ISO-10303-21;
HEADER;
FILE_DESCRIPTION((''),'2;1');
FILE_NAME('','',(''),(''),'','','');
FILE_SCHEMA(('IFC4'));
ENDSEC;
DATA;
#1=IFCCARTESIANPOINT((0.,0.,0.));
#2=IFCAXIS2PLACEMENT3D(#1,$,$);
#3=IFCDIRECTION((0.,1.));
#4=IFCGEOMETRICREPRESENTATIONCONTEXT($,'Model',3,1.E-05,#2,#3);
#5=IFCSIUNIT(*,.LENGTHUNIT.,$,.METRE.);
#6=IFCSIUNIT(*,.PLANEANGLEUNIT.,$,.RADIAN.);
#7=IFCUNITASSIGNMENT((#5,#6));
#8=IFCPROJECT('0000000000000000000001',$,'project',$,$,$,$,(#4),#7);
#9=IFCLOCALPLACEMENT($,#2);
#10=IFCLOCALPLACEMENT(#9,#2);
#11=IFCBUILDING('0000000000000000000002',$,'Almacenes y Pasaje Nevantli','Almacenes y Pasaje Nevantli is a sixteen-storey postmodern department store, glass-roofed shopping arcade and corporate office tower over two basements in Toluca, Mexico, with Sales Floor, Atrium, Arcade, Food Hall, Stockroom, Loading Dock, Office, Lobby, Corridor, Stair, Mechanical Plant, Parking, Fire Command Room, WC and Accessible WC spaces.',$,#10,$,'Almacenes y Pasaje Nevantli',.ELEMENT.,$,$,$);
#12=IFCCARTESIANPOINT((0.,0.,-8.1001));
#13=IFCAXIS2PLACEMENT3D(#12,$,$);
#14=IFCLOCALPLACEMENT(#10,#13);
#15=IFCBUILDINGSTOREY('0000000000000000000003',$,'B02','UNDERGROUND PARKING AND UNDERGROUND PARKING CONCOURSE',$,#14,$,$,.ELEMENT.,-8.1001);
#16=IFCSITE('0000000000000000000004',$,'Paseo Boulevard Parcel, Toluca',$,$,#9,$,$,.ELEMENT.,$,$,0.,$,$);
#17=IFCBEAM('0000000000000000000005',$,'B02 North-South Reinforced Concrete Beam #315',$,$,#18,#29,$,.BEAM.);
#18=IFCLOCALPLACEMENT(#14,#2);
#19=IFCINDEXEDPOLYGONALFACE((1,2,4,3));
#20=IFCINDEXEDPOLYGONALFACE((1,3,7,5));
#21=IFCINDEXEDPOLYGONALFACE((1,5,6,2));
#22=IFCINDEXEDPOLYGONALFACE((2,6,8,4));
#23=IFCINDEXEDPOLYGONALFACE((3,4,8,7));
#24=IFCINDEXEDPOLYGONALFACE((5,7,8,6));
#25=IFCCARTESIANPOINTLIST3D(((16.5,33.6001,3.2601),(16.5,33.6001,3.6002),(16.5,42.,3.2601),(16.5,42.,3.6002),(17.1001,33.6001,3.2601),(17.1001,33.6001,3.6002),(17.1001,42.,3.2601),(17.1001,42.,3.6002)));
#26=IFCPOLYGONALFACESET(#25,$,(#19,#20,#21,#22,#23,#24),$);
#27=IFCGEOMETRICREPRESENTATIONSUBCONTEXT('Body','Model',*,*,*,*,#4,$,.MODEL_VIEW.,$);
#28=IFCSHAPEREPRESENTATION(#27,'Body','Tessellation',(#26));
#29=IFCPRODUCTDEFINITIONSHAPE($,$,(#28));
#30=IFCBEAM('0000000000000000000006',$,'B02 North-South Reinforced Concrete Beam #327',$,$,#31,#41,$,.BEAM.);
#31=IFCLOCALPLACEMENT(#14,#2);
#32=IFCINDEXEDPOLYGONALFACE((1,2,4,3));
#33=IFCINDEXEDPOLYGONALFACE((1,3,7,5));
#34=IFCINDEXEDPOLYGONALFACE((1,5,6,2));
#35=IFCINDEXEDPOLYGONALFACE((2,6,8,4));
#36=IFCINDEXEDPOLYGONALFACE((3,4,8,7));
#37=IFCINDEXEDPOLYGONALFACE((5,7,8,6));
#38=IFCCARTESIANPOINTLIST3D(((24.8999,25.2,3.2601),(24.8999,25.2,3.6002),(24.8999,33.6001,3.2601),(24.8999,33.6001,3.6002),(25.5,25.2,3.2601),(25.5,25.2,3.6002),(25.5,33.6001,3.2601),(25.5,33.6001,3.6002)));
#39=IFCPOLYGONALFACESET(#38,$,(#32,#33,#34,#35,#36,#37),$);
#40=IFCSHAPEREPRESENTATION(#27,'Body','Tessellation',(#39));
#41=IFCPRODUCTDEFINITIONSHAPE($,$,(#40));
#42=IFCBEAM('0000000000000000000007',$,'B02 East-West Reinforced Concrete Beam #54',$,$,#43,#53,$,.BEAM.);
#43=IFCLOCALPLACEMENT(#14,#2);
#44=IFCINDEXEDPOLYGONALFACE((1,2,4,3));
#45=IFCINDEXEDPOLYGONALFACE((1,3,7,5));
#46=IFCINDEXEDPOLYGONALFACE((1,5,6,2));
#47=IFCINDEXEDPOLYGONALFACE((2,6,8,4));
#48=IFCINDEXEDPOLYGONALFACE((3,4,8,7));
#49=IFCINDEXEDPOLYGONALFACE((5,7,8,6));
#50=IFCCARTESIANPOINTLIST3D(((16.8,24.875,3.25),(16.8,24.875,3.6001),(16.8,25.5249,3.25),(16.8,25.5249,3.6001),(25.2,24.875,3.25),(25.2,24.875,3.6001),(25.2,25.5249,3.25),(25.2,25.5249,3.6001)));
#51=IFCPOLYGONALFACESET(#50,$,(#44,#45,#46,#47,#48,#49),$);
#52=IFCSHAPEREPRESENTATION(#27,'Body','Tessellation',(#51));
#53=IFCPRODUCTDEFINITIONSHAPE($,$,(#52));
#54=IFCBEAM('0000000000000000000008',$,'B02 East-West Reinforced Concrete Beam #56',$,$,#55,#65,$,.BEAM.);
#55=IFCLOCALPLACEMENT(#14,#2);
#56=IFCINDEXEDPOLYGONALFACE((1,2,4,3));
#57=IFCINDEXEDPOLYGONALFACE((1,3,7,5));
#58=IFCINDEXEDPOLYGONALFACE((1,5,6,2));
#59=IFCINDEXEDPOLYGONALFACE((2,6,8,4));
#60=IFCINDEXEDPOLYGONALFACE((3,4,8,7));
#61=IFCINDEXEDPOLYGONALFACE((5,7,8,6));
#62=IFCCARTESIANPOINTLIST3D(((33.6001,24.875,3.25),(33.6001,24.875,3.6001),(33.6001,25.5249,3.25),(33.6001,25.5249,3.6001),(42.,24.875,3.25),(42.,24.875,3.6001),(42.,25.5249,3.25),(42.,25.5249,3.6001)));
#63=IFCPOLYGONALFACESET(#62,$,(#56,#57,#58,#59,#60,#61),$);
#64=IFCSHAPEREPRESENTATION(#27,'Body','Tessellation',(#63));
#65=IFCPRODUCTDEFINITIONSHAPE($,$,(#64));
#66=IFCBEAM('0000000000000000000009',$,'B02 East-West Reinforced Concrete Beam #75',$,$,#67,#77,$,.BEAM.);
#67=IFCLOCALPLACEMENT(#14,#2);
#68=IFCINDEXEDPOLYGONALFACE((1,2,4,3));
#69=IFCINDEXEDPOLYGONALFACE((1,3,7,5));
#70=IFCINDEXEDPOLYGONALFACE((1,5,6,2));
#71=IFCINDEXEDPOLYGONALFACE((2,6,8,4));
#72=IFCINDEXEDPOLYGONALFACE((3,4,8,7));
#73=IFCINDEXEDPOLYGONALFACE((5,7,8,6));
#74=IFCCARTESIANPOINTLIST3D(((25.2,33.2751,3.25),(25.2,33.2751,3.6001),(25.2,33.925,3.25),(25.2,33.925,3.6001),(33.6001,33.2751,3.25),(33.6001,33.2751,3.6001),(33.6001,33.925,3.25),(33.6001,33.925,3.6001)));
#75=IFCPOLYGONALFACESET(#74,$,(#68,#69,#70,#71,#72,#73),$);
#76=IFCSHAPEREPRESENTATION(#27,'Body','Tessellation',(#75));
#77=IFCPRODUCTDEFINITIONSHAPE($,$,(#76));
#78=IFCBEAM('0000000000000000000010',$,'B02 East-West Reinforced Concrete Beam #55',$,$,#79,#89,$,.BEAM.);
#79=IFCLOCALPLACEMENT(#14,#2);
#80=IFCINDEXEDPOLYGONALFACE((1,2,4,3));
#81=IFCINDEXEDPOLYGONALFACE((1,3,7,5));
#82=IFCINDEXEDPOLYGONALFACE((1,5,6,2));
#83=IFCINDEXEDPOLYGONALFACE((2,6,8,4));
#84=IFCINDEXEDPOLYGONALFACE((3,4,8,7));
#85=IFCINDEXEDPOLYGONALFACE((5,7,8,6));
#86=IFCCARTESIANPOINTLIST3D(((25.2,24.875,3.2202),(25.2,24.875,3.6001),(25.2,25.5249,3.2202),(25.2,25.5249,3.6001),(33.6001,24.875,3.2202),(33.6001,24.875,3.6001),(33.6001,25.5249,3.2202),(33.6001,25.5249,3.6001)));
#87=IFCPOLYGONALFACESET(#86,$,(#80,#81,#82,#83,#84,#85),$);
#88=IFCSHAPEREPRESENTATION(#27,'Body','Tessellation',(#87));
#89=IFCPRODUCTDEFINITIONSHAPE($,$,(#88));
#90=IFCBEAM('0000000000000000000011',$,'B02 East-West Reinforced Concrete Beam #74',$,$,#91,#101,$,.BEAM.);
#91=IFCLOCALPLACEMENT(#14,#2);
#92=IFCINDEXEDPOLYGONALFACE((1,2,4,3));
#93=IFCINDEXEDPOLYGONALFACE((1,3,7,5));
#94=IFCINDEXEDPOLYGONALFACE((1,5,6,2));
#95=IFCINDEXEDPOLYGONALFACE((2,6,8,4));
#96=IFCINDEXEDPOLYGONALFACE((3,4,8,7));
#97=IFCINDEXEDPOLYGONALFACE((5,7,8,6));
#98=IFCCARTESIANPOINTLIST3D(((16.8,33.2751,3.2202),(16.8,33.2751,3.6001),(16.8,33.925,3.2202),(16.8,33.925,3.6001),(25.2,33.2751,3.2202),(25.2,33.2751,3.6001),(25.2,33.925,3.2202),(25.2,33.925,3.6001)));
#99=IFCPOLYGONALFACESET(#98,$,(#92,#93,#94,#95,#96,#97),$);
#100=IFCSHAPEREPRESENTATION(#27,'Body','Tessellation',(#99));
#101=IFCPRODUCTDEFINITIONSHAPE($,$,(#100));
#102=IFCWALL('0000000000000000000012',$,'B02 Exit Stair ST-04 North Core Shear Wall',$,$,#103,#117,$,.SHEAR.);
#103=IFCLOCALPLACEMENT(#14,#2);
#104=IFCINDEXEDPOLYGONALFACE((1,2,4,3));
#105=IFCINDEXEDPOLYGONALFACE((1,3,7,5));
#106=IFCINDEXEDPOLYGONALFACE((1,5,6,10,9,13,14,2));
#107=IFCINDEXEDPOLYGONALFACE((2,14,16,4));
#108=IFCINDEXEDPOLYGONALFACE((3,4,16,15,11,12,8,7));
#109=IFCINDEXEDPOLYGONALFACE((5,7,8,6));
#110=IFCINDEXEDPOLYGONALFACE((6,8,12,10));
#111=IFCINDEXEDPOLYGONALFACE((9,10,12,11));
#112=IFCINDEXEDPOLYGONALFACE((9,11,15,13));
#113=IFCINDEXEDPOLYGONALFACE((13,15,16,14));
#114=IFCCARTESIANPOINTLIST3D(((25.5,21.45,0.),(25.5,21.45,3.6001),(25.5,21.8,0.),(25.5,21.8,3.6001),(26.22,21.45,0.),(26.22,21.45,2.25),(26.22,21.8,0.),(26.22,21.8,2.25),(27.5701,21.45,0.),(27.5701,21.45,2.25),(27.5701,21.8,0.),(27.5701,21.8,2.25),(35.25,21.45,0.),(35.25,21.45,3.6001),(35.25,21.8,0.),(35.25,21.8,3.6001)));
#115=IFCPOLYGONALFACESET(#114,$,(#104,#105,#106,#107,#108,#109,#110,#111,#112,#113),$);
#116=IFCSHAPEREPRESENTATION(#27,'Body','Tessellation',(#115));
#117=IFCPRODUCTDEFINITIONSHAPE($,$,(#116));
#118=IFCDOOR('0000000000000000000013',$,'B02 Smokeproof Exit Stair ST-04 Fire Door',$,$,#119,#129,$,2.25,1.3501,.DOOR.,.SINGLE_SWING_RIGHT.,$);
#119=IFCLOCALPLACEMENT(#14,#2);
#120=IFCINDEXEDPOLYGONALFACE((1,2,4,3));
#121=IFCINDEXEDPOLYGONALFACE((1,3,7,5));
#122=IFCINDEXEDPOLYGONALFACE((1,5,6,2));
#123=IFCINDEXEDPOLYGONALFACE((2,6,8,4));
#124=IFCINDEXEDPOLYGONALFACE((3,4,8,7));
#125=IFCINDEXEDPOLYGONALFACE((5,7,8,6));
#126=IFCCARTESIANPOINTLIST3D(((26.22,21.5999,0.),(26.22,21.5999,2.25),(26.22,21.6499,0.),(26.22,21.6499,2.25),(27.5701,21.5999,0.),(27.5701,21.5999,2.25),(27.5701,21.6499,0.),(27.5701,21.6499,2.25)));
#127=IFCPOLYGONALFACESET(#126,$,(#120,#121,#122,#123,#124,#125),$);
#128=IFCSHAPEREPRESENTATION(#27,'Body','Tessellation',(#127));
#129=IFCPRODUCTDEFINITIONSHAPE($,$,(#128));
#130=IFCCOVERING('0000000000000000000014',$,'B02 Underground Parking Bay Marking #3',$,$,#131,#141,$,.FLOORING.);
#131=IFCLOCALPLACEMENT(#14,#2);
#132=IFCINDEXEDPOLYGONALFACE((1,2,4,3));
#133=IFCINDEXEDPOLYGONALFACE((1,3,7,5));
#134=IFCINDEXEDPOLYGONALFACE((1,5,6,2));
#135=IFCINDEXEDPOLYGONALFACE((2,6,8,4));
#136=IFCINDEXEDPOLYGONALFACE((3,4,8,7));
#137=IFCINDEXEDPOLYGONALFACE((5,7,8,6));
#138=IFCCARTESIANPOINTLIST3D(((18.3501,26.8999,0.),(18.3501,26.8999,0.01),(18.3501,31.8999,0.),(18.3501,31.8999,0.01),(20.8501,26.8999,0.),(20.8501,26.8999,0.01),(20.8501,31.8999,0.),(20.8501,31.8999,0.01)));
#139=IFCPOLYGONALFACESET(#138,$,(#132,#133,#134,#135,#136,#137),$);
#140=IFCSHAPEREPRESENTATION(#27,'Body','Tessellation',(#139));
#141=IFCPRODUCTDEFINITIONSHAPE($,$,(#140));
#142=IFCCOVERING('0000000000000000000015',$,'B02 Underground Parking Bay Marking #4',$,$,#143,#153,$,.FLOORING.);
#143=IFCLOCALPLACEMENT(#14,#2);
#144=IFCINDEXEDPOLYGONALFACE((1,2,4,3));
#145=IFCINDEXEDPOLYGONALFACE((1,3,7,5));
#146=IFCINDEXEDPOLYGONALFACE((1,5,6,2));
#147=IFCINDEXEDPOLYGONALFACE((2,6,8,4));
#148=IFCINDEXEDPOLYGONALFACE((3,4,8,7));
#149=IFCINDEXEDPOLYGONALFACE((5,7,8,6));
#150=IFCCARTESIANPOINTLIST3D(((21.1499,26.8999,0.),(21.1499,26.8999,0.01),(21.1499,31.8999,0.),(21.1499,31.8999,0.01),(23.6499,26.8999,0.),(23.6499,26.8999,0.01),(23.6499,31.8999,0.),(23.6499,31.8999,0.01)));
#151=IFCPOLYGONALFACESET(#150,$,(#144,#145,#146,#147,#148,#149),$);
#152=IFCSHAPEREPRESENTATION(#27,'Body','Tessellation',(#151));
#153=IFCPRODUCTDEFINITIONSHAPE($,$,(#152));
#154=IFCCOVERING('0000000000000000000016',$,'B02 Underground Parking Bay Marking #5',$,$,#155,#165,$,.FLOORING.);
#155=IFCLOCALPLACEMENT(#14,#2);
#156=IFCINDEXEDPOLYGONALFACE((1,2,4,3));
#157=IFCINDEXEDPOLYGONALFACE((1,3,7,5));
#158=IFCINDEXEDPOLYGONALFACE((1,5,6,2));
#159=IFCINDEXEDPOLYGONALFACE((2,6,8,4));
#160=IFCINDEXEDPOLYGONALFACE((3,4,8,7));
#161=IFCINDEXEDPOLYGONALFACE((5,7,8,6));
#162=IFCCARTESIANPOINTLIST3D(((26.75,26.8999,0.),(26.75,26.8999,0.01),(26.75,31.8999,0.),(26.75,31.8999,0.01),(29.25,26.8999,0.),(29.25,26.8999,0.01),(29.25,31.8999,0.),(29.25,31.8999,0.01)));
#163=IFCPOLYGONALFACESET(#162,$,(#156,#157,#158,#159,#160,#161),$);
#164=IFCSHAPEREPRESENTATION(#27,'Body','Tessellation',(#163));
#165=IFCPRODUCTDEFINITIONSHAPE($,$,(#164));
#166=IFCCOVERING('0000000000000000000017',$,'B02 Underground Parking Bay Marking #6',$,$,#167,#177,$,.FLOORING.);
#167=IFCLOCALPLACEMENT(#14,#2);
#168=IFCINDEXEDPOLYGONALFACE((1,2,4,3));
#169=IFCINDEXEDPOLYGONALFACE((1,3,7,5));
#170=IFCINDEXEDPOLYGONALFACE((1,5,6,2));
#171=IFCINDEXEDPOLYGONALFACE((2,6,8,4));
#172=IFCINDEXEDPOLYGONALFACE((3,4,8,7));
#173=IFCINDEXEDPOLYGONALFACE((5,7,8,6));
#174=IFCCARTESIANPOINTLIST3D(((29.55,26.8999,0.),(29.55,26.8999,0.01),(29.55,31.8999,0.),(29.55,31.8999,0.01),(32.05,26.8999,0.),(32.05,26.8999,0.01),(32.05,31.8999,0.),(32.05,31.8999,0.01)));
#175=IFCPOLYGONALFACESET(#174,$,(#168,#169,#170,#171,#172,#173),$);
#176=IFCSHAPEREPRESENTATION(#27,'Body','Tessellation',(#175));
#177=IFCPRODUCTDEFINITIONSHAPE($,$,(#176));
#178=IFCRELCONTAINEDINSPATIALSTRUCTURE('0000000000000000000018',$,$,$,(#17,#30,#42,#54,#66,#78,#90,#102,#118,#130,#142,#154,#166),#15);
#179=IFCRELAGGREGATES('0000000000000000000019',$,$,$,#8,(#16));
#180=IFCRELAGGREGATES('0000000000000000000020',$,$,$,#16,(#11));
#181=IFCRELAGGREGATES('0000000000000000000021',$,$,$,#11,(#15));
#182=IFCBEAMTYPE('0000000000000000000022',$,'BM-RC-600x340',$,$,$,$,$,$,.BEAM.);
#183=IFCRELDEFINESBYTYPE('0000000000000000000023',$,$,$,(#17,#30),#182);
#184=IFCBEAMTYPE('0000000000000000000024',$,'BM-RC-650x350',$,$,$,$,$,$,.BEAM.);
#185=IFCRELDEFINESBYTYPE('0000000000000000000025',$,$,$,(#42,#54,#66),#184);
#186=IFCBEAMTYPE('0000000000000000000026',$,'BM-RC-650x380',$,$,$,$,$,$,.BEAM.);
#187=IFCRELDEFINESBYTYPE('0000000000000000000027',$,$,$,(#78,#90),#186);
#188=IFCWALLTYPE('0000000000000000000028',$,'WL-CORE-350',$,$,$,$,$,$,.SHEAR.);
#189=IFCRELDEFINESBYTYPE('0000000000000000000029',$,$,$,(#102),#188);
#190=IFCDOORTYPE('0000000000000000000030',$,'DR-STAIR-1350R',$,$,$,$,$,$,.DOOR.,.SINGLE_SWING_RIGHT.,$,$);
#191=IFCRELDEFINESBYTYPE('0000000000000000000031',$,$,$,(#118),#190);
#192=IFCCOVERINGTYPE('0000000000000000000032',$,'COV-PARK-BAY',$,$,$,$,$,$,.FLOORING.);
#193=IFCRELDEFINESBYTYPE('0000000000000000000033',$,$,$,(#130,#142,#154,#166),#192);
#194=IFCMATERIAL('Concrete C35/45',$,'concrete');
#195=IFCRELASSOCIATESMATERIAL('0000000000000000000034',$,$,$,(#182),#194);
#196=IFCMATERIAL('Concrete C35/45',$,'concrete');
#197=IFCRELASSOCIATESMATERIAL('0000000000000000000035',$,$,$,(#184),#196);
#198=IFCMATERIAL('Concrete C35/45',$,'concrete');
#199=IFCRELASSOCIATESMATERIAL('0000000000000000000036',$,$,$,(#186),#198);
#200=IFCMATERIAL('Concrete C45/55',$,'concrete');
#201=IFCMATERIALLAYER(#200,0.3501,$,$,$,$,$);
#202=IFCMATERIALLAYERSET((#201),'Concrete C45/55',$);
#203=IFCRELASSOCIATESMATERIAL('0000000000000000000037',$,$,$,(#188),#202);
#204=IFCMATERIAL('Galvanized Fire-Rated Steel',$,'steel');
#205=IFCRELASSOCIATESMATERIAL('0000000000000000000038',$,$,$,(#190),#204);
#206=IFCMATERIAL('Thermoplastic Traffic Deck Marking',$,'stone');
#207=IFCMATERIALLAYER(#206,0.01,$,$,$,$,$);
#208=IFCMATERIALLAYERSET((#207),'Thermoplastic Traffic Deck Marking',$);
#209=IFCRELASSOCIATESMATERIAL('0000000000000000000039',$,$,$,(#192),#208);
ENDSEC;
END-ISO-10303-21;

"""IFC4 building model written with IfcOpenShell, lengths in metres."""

from ifc_helpers import new_model, si_unit, direction, frame, frame_2d, origin, origin_2d, place, context, subcontext, project, spatial, rectangle, extrude, material, layer, layer_set, material_profile, profile_set, type_object, element, fill, save


model = new_model("IFC4")

# Units and contexts
model_context = context("Model", 3, precision=1e-05, world=origin(), true_north=direction((0.0, 1.0)))
body_context = subcontext(model_context, "Body", "Model", "MODEL_VIEW")
ifc_project = project(units=[si_unit("LENGTHUNIT", "METRE"), si_unit("PLANEANGLEUNIT", "RADIAN")], contexts=[model_context])

# Site, building, storey
site_placement = place(None, origin())
site = spatial("IfcSite", under=ifc_project, at=site_placement, Name="Paseo Boulevard Parcel, Toluca", CompositionType="ELEMENT", RefElevation=0.0)
building_placement = place(site_placement, origin())
building = spatial("IfcBuilding", under=site, at=building_placement, Name="Almacenes y Pasaje Nevantli", Description="Almacenes y Pasaje Nevantli is a sixteen-storey postmodern department store, glass-roofed shopping arcade and corporate office tower over two basements in Toluca, Mexico, with Sales Floor, Atrium, Arcade, Food Hall, Stockroom, Loading Dock, Office, Lobby, Corridor, Stair, Mechanical Plant, Parking, Fire Command Room, WC and Accessible WC spaces.", LongName="Almacenes y Pasaje Nevantli", CompositionType="ELEMENT")
storey_placement = place(building_placement, frame((0.0, 0.0, -8.1001)))
storey = spatial("IfcBuildingStorey", under=building, at=storey_placement, Name="B02", Description="UNDERGROUND PARKING AND UNDERGROUND PARKING CONCOURSE", CompositionType="ELEMENT", Elevation=-8.1001)

# Beams
ifc_material_1 = material(Name="Concrete C35/45", Category="concrete")
ifc_material_profile_1 = material_profile(ifc_material_1, rectangle(XDim=0.6001, YDim=0.3401, at=origin_2d()), Name="RC-BM-600x340")
ifc_profile_set_1 = profile_set([ifc_material_profile_1], Name="Concrete C35/45")
beam_type_1 = type_object("IfcBeamType", Name="BM-RC-600x340", PredefinedType="BEAM", material=ifc_profile_set_1)
beam_1_placement = place(storey_placement, frame((16.8, 33.6001, 3.4302), z_axis=(0.0, 1.0, 0.0), x_axis=(-1.0, 0.0, 0.0)))
element("IfcBeam", 1, at=beam_1_placement, inside=storey, type_object=beam_type_1, Name="B02 North-South Reinforced Concrete Beam #315", PredefinedType="BEAM", context=body_context, shape_type="SweptSolid", body=[
    extrude(rectangle(XDim=0.6001, YDim=0.3401, at=origin_2d()), origin(), (0.0, 0.0, 1.0), 8.3999),
])
beam_2_placement = place(storey_placement, frame((25.2, 25.2, 3.4302), z_axis=(0.0, 1.0, 0.0), x_axis=(-1.0, 0.0, 0.0)))
element("IfcBeam", 2, at=beam_2_placement, inside=storey, type_object=beam_type_1, Name="B02 North-South Reinforced Concrete Beam #327", PredefinedType="BEAM", context=body_context, shape_type="SweptSolid", body=[
    extrude(rectangle(XDim=0.6001, YDim=0.3401, at=origin_2d()), origin(), (0.0, 0.0, 1.0), 8.4001),
])
ifc_material_2 = material(Name="Concrete C35/45", Category="concrete")
ifc_material_profile_2 = material_profile(ifc_material_2, rectangle(XDim=0.6499, YDim=0.3501, at=origin_2d()), Name="RC-BM-650x350")
ifc_profile_set_2 = profile_set([ifc_material_profile_2], Name="Concrete C35/45")
beam_type_2 = type_object("IfcBeamType", Name="BM-RC-650x350", PredefinedType="BEAM", material=ifc_profile_set_2)
for number, where, z_axis, x_axis, name in (
    (3, (16.8, 25.2, 3.425), (1.0, 0.0, 0.0), (0.0, 1.0, 0.0), "B02 East-West Reinforced Concrete Beam #54"),
    (4, (33.6001, 25.2, 3.425), (1.0, 0.0, 0.0), (0.0, 1.0, 0.0), "B02 East-West Reinforced Concrete Beam #56"),
):
    element("IfcBeam", number, at=place(storey_placement, frame(where, z_axis=z_axis, x_axis=x_axis)), inside=storey, type_object=beam_type_2, Name=name, PredefinedType="BEAM", context=body_context, shape_type="SweptSolid", body=[
        extrude(rectangle(XDim=0.6499, YDim=0.3501, at=origin_2d()), origin(), (0.0, 0.0, 1.0), 8.3999),
    ])
beam_3_placement = place(storey_placement, frame((25.2, 33.6001, 3.425), z_axis=(1.0, 0.0, 0.0), x_axis=(0.0, 1.0, 0.0)))
element("IfcBeam", 5, at=beam_3_placement, inside=storey, type_object=beam_type_2, Name="B02 East-West Reinforced Concrete Beam #75", PredefinedType="BEAM", context=body_context, shape_type="SweptSolid", body=[
    extrude(rectangle(XDim=0.6499, YDim=0.3501, at=origin_2d()), origin(), (0.0, 0.0, 1.0), 8.4001),
])
ifc_material_3 = material(Name="Concrete C35/45", Category="concrete")
ifc_material_profile_3 = material_profile(ifc_material_3, rectangle(XDim=0.6499, YDim=0.3799, at=origin_2d()), Name="RC-BM-650x380")
ifc_profile_set_3 = profile_set([ifc_material_profile_3], Name="Concrete C35/45")
beam_type_3 = type_object("IfcBeamType", Name="BM-RC-650x380", PredefinedType="BEAM", material=ifc_profile_set_3)
beam_4_placement = place(storey_placement, frame((25.2, 25.2, 3.4102), z_axis=(1.0, 0.0, 0.0), x_axis=(0.0, 1.0, 0.0)))
element("IfcBeam", 6, at=beam_4_placement, inside=storey, type_object=beam_type_3, Name="B02 East-West Reinforced Concrete Beam #55", PredefinedType="BEAM", context=body_context, shape_type="SweptSolid", body=[
    extrude(rectangle(XDim=0.6499, YDim=0.3799, at=origin_2d()), origin(), (0.0, 0.0, 1.0), 8.4001),
])
beam_5_placement = place(storey_placement, frame((16.8, 33.6001, 3.4102), z_axis=(1.0, 0.0, 0.0), x_axis=(0.0, 1.0, 0.0)))
element("IfcBeam", 7, at=beam_5_placement, inside=storey, type_object=beam_type_3, Name="B02 East-West Reinforced Concrete Beam #74", PredefinedType="BEAM", context=body_context, shape_type="SweptSolid", body=[
    extrude(rectangle(XDim=0.6499, YDim=0.3799, at=origin_2d()), origin(), (0.0, 0.0, 1.0), 8.3999),
])

# Wall, opening, door
ifc_material_4 = material(Name="Concrete C45/55", Category="concrete")
ifc_layer_1 = layer(ifc_material_4, 0.3501)
ifc_layer_set_1 = layer_set([ifc_layer_1], Name="Concrete C45/55")
wall_type = type_object("IfcWallType", Name="WL-CORE-350", PredefinedType="SHEAR", material=ifc_layer_set_1)
wall_placement = place(storey_placement, frame((25.5, 21.625, 0.0), z_axis=(0.0, 0.0, 1.0), x_axis=(1.0, 0.0, 0.0)))
wall = element("IfcWall", 8, at=wall_placement, inside=storey, type_object=wall_type, Name="B02 Exit Stair ST-04 North Core Shear Wall", PredefinedType="SHEAR", context=body_context, shape_type="SweptSolid", body=[
    extrude(rectangle(XDim=9.75, YDim=0.3501, at=frame_2d((4.875, 0.0))), origin(), (0.0, 0.0, 1.0), 3.6001),
])
opening_placement = place(wall_placement, frame((0.72, 0.0, 0.0)))
opening = element("IfcOpeningElement", 9, at=opening_placement, cuts=wall, PredefinedType="OPENING", context=body_context, shape_type="SweptSolid", body=[
    extrude(rectangle(XDim=1.3501, YDim=2.25, at=frame_2d((0.675, 1.125))), frame((0.0, 0.1851, 0.0), z_axis=(0.0, -1.0, 0.0), x_axis=(1.0, 0.0, 0.0)), (0.0, 0.0, 1.0), 0.3701),
])
ifc_material_5 = material(Name="Galvanized Fire-Rated Steel", Category="steel")
door_type = type_object("IfcDoorType", Name="DR-STAIR-1350R", OperationType="SINGLE_SWING_RIGHT", PredefinedType="DOOR", material=ifc_material_5)
door_placement = place(opening_placement, origin())
door = element("IfcDoor", 10, at=door_placement, inside=storey, type_object=door_type, Name="B02 Smokeproof Exit Stair ST-04 Fire Door", OperationType="SINGLE_SWING_RIGHT", OverallHeight=2.25, OverallWidth=1.3501, PredefinedType="DOOR", context=body_context, shape_type="SweptSolid", body=[
    extrude(rectangle(XDim=1.3501, YDim=2.25, at=frame_2d((0.675, 1.125))), frame((0.0, 0.0249, 0.0), z_axis=(0.0, -1.0, 0.0), x_axis=(1.0, 0.0, 0.0)), (0.0, 0.0, 1.0), 0.05),
])
fill(opening, door)

# Coverings
ifc_material_6 = material(Name="Thermoplastic Traffic Deck Marking", Category="stone")
ifc_layer_2 = layer(ifc_material_6, 0.01)
ifc_layer_set_2 = layer_set([ifc_layer_2], Name="Thermoplastic Traffic Deck Marking")
covering_type = type_object("IfcCoveringType", Name="COV-PARK-BAY", PredefinedType="FLOORING", material=ifc_layer_set_2)
for number, where, z_axis, x_axis, name in (
    (11, (19.6001, 29.3999, 0.0), (0.0, 0.0, 1.0), (1.0, 0.0, 0.0), "B02 Underground Parking Bay Marking #3"),
    (12, (22.3999, 29.3999, 0.0), (0.0, 0.0, 1.0), (1.0, 0.0, 0.0), "B02 Underground Parking Bay Marking #4"),
    (13, (28.0, 29.3999, 0.0), (0.0, 0.0, 1.0), (1.0, 0.0, 0.0), "B02 Underground Parking Bay Marking #5"),
    (14, (30.8, 29.3999, 0.0), (0.0, 0.0, 1.0), (1.0, 0.0, 0.0), "B02 Underground Parking Bay Marking #6"),
):
    element("IfcCovering", number, at=place(storey_placement, frame(where, z_axis=z_axis, x_axis=x_axis)), inside=storey, type_object=covering_type, Name=name, PredefinedType="FLOORING", context=body_context, shape_type="SweptSolid", body=[
        extrude(rectangle(XDim=2.5, YDim=5.0, at=origin_2d()), origin(), (0.0, 0.0, 1.0), 0.01),
    ])

save(model, "model.ifc")
